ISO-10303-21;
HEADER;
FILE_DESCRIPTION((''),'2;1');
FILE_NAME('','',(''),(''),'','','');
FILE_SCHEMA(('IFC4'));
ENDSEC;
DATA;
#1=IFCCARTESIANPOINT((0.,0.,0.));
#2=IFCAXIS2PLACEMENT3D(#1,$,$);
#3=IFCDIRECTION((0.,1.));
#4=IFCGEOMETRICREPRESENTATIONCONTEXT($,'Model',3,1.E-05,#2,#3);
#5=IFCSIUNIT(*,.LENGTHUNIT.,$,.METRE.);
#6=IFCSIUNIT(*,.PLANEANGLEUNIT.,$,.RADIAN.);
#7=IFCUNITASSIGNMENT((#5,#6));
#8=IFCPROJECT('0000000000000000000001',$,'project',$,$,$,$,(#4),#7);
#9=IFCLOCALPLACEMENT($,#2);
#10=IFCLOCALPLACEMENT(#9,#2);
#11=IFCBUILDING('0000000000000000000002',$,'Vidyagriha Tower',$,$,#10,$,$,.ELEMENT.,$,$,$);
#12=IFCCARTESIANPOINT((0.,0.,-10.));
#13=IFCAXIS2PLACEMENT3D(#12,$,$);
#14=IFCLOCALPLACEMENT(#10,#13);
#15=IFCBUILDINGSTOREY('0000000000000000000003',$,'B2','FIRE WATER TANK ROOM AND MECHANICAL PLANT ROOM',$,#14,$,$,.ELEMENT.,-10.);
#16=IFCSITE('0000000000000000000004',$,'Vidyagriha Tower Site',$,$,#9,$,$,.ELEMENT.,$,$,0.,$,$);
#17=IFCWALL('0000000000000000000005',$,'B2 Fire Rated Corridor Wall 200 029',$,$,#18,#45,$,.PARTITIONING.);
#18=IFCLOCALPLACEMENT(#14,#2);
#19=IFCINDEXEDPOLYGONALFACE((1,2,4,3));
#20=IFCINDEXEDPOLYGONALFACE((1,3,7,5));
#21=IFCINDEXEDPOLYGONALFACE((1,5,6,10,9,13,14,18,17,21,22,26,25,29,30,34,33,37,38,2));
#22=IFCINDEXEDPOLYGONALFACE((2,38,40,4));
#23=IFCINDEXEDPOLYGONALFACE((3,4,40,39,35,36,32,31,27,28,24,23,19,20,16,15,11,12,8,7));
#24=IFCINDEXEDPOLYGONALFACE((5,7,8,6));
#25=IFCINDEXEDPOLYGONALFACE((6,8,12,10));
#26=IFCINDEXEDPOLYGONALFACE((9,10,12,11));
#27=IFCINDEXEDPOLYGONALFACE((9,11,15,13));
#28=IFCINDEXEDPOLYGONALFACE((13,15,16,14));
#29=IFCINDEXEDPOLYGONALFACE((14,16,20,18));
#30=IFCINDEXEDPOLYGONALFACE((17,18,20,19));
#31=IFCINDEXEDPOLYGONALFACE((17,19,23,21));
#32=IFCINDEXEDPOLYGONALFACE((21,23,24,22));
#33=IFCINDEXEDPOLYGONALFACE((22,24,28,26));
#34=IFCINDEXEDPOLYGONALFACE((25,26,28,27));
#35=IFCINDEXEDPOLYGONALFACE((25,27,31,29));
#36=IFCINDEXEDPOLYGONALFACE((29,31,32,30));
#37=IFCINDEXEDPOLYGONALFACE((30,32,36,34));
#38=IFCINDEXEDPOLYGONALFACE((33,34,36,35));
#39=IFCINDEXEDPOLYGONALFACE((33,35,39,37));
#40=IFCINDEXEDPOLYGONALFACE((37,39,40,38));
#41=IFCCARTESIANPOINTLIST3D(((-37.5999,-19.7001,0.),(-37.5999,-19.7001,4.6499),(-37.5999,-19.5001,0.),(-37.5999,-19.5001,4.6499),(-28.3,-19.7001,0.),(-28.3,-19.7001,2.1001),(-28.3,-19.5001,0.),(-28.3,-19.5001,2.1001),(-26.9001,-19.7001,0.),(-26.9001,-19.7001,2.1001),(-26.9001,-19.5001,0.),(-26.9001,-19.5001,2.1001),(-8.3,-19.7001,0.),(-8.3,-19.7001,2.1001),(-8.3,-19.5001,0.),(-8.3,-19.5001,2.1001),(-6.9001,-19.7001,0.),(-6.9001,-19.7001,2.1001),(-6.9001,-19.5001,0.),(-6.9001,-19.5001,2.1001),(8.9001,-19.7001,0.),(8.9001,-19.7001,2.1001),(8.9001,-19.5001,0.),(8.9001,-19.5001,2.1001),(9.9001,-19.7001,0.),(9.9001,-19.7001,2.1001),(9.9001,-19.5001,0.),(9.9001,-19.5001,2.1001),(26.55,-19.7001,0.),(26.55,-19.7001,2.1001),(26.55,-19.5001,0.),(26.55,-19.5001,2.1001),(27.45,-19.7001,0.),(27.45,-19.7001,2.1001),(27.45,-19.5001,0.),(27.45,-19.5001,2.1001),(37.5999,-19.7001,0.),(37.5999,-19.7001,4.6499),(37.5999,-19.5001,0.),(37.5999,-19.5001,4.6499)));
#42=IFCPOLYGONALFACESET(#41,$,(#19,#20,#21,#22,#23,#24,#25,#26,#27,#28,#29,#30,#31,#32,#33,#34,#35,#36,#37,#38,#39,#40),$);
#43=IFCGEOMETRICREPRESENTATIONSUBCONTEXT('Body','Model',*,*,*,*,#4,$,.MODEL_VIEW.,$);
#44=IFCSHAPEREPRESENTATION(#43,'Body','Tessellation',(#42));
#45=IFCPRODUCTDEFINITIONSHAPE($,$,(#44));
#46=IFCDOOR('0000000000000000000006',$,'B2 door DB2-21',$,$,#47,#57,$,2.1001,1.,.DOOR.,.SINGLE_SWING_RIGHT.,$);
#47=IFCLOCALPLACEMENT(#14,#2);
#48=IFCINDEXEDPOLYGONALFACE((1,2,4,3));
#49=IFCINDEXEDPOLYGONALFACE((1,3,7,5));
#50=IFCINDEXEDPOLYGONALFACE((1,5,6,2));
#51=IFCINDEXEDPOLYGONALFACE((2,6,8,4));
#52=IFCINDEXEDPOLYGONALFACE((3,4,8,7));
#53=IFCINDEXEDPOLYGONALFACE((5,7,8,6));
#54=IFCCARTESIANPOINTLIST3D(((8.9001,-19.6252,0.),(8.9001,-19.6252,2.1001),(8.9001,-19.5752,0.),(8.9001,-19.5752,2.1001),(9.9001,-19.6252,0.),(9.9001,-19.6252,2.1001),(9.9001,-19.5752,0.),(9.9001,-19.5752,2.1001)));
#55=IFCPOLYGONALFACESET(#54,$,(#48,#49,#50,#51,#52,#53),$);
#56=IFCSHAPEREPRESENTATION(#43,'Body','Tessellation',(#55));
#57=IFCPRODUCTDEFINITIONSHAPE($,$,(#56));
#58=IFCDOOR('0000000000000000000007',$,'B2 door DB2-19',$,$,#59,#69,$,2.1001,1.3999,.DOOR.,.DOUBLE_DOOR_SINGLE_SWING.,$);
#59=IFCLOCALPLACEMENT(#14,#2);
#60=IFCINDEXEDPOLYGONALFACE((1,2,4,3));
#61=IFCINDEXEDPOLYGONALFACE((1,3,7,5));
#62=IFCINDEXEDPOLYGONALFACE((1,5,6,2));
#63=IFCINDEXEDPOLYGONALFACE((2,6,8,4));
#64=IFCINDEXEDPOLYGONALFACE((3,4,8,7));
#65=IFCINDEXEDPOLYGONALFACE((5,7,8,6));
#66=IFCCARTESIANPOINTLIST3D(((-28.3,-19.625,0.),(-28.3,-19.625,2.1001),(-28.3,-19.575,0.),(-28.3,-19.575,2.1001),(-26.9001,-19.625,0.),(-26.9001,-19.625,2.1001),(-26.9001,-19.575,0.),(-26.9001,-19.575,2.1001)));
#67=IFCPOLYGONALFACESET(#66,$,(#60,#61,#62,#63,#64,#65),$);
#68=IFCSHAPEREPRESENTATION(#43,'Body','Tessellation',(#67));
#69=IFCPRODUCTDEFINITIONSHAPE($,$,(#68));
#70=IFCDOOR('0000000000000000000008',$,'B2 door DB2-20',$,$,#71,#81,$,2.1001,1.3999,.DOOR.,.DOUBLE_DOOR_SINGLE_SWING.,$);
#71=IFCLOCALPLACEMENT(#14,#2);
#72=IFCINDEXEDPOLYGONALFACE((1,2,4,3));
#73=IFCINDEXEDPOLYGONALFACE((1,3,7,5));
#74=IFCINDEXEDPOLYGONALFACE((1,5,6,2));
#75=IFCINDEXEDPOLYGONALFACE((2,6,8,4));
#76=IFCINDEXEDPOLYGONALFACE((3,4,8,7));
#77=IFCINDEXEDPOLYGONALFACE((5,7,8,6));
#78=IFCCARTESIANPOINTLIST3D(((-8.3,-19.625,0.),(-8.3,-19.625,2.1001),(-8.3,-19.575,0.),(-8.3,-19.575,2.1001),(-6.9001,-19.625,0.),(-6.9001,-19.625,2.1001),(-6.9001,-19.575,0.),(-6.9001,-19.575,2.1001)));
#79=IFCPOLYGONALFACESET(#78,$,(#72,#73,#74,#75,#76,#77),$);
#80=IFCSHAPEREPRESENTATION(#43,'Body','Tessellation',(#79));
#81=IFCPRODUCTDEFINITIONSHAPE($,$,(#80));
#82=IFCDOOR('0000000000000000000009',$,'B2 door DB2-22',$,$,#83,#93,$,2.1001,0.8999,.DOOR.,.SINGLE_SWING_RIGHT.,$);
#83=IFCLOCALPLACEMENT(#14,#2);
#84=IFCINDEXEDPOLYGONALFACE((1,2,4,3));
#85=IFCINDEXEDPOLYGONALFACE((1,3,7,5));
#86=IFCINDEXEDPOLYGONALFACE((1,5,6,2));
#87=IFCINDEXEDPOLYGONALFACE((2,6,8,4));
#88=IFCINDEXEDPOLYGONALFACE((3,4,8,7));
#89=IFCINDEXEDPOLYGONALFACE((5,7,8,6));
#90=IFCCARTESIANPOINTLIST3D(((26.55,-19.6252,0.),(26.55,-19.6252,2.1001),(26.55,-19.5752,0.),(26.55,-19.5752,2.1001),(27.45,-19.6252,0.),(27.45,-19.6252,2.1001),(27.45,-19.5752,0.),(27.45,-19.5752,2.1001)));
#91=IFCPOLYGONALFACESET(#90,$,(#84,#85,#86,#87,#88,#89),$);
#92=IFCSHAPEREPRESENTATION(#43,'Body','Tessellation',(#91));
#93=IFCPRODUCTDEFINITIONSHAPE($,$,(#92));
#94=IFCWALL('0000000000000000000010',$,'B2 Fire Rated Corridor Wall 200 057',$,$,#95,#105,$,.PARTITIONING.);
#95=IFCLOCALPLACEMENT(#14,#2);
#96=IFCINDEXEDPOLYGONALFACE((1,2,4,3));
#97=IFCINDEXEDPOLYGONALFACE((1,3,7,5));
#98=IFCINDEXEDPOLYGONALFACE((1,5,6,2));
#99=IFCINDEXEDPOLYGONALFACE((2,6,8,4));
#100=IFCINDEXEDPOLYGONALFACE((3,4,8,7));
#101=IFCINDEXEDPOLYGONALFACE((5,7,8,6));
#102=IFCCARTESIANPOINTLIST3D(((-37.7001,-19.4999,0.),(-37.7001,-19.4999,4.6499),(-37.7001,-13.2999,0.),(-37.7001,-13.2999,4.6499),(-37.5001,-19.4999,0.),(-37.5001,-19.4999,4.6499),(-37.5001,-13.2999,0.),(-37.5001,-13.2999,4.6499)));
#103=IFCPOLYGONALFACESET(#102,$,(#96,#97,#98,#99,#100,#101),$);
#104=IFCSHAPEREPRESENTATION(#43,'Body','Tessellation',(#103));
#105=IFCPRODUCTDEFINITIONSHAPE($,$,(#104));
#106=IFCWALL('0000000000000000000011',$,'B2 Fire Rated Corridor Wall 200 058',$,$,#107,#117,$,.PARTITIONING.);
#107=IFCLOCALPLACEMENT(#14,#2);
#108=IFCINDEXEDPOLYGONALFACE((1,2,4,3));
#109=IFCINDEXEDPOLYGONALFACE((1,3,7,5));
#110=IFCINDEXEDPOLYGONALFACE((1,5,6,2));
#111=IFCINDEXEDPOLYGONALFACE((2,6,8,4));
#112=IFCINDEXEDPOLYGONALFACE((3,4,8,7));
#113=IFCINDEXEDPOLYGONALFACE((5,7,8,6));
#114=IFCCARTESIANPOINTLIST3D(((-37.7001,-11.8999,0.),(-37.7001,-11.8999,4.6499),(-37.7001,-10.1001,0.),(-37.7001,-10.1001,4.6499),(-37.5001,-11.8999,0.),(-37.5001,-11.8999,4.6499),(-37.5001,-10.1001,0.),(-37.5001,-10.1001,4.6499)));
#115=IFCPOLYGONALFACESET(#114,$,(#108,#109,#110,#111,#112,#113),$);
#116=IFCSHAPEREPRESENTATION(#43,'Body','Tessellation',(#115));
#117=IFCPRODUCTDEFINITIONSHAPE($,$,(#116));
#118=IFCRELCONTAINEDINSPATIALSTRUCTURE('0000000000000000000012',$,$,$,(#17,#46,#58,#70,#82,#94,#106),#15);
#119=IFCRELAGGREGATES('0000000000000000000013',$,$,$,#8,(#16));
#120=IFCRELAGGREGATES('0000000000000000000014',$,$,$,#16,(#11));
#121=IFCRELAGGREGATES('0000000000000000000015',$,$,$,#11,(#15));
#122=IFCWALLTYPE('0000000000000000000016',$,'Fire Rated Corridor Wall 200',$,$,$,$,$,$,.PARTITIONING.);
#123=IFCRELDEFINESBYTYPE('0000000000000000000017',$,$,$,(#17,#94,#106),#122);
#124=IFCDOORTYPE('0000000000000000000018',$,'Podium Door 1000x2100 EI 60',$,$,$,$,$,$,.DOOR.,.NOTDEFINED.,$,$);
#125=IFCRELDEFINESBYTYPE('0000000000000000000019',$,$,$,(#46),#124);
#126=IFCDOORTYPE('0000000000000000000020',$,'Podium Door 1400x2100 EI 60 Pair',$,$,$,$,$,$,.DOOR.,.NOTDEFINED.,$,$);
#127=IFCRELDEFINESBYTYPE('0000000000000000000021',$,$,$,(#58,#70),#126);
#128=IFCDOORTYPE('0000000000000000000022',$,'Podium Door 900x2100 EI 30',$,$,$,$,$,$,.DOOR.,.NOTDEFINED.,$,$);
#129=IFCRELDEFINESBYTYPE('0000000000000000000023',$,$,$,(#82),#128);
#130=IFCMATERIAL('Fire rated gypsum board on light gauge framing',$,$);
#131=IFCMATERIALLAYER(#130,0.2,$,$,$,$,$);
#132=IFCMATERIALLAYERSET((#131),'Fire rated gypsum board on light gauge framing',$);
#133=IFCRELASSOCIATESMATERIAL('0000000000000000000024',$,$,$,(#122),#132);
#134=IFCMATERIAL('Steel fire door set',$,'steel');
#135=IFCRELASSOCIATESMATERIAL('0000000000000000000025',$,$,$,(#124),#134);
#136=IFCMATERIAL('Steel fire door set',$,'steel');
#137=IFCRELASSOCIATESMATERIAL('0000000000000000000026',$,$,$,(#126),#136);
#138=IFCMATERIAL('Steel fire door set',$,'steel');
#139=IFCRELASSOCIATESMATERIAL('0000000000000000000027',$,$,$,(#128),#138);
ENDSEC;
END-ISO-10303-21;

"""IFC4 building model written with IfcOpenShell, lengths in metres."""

from ifc_helpers import new_model, si_unit, direction, frame, frame_2d, origin, place, context, subcontext, project, spatial, rectangle, extrude, material, layer, layer_set, type_object, element, fill, save


model = new_model("IFC4")

# Units and contexts
model_context = context("Model", 3, precision=1e-05, world=origin(), true_north=direction((0.0, 1.0)))
body_context = subcontext(model_context, "Body", "Model", "MODEL_VIEW")
ifc_project = project(units=[si_unit("LENGTHUNIT", "METRE"), si_unit("PLANEANGLEUNIT", "RADIAN")], contexts=[model_context])

# Site, building, storey
site_placement = place(None, origin())
site = spatial("IfcSite", under=ifc_project, at=site_placement, Name="Vidyagriha Tower Site", CompositionType="ELEMENT", RefElevation=0.0)
building_placement = place(site_placement, origin())
building = spatial("IfcBuilding", under=site, at=building_placement, Name="Vidyagriha Tower", CompositionType="ELEMENT")
storey_placement = place(building_placement, frame((0.0, 0.0, -10.0)))
storey = spatial("IfcBuildingStorey", under=building, at=storey_placement, Name="B2", Description="FIRE WATER TANK ROOM AND MECHANICAL PLANT ROOM", CompositionType="ELEMENT", Elevation=-10.0)

# Wall, openings, doors
ifc_material_1 = material(Name="Fire rated gypsum board on light gauge framing")
ifc_layer = layer(ifc_material_1, 0.2)
ifc_layer_set = layer_set([ifc_layer], Name="Fire rated gypsum board on light gauge framing")
wall_type = type_object("IfcWallType", Name="Fire Rated Corridor Wall 200", PredefinedType="PARTITIONING", material=ifc_layer_set)
wall_1_placement = place(storey_placement, frame((-37.5999, -19.6001, 0.0)))
wall_1 = element("IfcWall", 1, at=wall_1_placement, inside=storey, type_object=wall_type, Name="B2 Fire Rated Corridor Wall 200 029", PredefinedType="PARTITIONING", context=body_context, shape_type="SweptSolid", body=[
    extrude(rectangle(XDim=75.1997, YDim=0.2, at=frame_2d((37.5999, 0.0))), origin(), (0.0, 0.0, 1.0), 4.6499),
])
opening_1_placement = place(wall_1_placement, frame((9.2998, 0.0, 0.0)))
opening_1 = element("IfcOpeningElement", 2, at=opening_1_placement, cuts=wall_1, PredefinedType="OPENING", context=body_context, shape_type="SweptSolid", body=[
    extrude(rectangle(XDim=1.3999, YDim=2.1001, at=frame_2d((0.7, 1.05))), frame((0.0, 0.1099, 0.0), z_axis=(0.0, -1.0, 0.0), x_axis=(1.0, 0.0, 0.0)), (0.0, 0.0, 1.0), 0.22),
])
opening_2_placement = place(wall_1_placement, frame((29.2998, 0.0, 0.0)))
opening_2 = element("IfcOpeningElement", 3, at=opening_2_placement, cuts=wall_1, PredefinedType="OPENING", context=body_context, shape_type="SweptSolid", body=[
    extrude(rectangle(XDim=1.3999, YDim=2.1001, at=frame_2d((0.7, 1.05))), frame((0.0, 0.1099, 0.0), z_axis=(0.0, -1.0, 0.0), x_axis=(1.0, 0.0, 0.0)), (0.0, 0.0, 1.0), 0.22),
])
opening_3_placement = place(wall_1_placement, frame((46.5, 0.0, 0.0)))
opening_3 = element("IfcOpeningElement", 4, at=opening_3_placement, cuts=wall_1, PredefinedType="OPENING", context=body_context, shape_type="SweptSolid", body=[
    extrude(rectangle(XDim=1.0, YDim=2.1001, at=frame_2d((0.5, 1.05))), frame((0.0, 0.1099, 0.0), z_axis=(0.0, -1.0, 0.0), x_axis=(1.0, 0.0, 0.0)), (0.0, 0.0, 1.0), 0.22),
])
opening_4_placement = place(wall_1_placement, frame((64.1499, 0.0, 0.0)))
opening_4 = element("IfcOpeningElement", 5, at=opening_4_placement, cuts=wall_1, PredefinedType="OPENING", context=body_context, shape_type="SweptSolid", body=[
    extrude(rectangle(XDim=0.8999, YDim=2.1001, at=frame_2d((0.45, 1.05))), frame((0.0, 0.1099, 0.0), z_axis=(0.0, -1.0, 0.0), x_axis=(1.0, 0.0, 0.0)), (0.0, 0.0, 1.0), 0.22),
])
ifc_material_2 = material(Name="Steel fire door set", Category="steel")
door_type_1 = type_object("IfcDoorType", Name="Podium Door 1000x2100 EI 60", OperationType="NOTDEFINED", PredefinedType="DOOR", material=ifc_material_2)
door_1_placement = place(opening_3_placement, origin())
door_1 = element("IfcDoor", 6, at=door_1_placement, inside=storey, type_object=door_type_1, Name="B2 door DB2-21", OperationType="SINGLE_SWING_RIGHT", OverallHeight=2.1001, OverallWidth=1.0, PredefinedType="DOOR", context=body_context, shape_type="SweptSolid", body=[
    extrude(rectangle(XDim=1.0, YDim=2.1001, at=frame_2d((0.5, 1.05))), frame((0.0, 0.0249, 0.0), z_axis=(0.0, -1.0, 0.0), x_axis=(1.0, 0.0, 0.0)), (0.0, 0.0, 1.0), 0.05),
])
fill(opening_3, door_1)
ifc_material_3 = material(Name="Steel fire door set", Category="steel")
door_type_2 = type_object("IfcDoorType", Name="Podium Door 1400x2100 EI 60 Pair", OperationType="NOTDEFINED", PredefinedType="DOOR", material=ifc_material_3)
door_2_placement = place(opening_1_placement, frame((1.3999, 0.0, 0.0), z_axis=(0.0, 0.0, 1.0), x_axis=(-1.0, 0.0, 0.0)))
door_2 = element("IfcDoor", 7, at=door_2_placement, inside=storey, type_object=door_type_2, Name="B2 door DB2-19", OperationType="DOUBLE_DOOR_SINGLE_SWING", OverallHeight=2.1001, OverallWidth=1.3999, PredefinedType="DOOR", context=body_context, shape_type="SweptSolid", body=[
    extrude(rectangle(XDim=1.3999, YDim=2.1001, at=frame_2d((0.7, 1.05))), frame((0.0, 0.0249, 0.0), z_axis=(0.0, -1.0, 0.0), x_axis=(1.0, 0.0, 0.0)), (0.0, 0.0, 1.0), 0.05),
])
fill(opening_1, door_2)
door_3_placement = place(opening_2_placement, frame((1.3999, 0.0, 0.0), z_axis=(0.0, 0.0, 1.0), x_axis=(-1.0, 0.0, 0.0)))
door_3 = element("IfcDoor", 8, at=door_3_placement, inside=storey, type_object=door_type_2, Name="B2 door DB2-20", OperationType="DOUBLE_DOOR_SINGLE_SWING", OverallHeight=2.1001, OverallWidth=1.3999, PredefinedType="DOOR", context=body_context, shape_type="SweptSolid", body=[
    extrude(rectangle(XDim=1.3999, YDim=2.1001, at=frame_2d((0.7, 1.05))), frame((0.0, 0.0249, 0.0), z_axis=(0.0, -1.0, 0.0), x_axis=(1.0, 0.0, 0.0)), (0.0, 0.0, 1.0), 0.05),
])
fill(opening_2, door_3)
ifc_material_4 = material(Name="Steel fire door set", Category="steel")
door_type_3 = type_object("IfcDoorType", Name="Podium Door 900x2100 EI 30", OperationType="NOTDEFINED", PredefinedType="DOOR", material=ifc_material_4)
door_4_placement = place(opening_4_placement, origin())
door_4 = element("IfcDoor", 9, at=door_4_placement, inside=storey, type_object=door_type_3, Name="B2 door DB2-22", OperationType="SINGLE_SWING_RIGHT", OverallHeight=2.1001, OverallWidth=0.8999, PredefinedType="DOOR", context=body_context, shape_type="SweptSolid", body=[
    extrude(rectangle(XDim=0.8999, YDim=2.1001, at=frame_2d((0.45, 1.05))), frame((0.0, 0.0249, 0.0), z_axis=(0.0, -1.0, 0.0), x_axis=(1.0, 0.0, 0.0)), (0.0, 0.0, 1.0), 0.05),
])
fill(opening_4, door_4)

# Walls
wall_2_placement = place(storey_placement, frame((-37.6001, -19.5, 0.0), z_axis=(0.0, 0.0, 1.0), x_axis=(0.0, 1.0, 0.0)))
element("IfcWall", 10, at=wall_2_placement, inside=storey, type_object=wall_type, Name="B2 Fire Rated Corridor Wall 200 057", PredefinedType="PARTITIONING", context=body_context, shape_type="SweptSolid", body=[
    extrude(rectangle(XDim=6.2, YDim=0.2, at=frame_2d((3.1001, 0.0))), origin(), (0.0, 0.0, 1.0), 4.6499),
])
wall_3_placement = place(storey_placement, frame((-37.6001, -11.8999, 0.0), z_axis=(0.0, 0.0, 1.0), x_axis=(0.0, 1.0, 0.0)))
element("IfcWall", 11, at=wall_3_placement, inside=storey, type_object=wall_type, Name="B2 Fire Rated Corridor Wall 200 058", PredefinedType="PARTITIONING", context=body_context, shape_type="SweptSolid", body=[
    extrude(rectangle(XDim=1.7998, YDim=0.2, at=frame_2d((0.8999, 0.0))), origin(), (0.0, 0.0, 1.0), 4.6499),
])

save(model, "model.ifc")
